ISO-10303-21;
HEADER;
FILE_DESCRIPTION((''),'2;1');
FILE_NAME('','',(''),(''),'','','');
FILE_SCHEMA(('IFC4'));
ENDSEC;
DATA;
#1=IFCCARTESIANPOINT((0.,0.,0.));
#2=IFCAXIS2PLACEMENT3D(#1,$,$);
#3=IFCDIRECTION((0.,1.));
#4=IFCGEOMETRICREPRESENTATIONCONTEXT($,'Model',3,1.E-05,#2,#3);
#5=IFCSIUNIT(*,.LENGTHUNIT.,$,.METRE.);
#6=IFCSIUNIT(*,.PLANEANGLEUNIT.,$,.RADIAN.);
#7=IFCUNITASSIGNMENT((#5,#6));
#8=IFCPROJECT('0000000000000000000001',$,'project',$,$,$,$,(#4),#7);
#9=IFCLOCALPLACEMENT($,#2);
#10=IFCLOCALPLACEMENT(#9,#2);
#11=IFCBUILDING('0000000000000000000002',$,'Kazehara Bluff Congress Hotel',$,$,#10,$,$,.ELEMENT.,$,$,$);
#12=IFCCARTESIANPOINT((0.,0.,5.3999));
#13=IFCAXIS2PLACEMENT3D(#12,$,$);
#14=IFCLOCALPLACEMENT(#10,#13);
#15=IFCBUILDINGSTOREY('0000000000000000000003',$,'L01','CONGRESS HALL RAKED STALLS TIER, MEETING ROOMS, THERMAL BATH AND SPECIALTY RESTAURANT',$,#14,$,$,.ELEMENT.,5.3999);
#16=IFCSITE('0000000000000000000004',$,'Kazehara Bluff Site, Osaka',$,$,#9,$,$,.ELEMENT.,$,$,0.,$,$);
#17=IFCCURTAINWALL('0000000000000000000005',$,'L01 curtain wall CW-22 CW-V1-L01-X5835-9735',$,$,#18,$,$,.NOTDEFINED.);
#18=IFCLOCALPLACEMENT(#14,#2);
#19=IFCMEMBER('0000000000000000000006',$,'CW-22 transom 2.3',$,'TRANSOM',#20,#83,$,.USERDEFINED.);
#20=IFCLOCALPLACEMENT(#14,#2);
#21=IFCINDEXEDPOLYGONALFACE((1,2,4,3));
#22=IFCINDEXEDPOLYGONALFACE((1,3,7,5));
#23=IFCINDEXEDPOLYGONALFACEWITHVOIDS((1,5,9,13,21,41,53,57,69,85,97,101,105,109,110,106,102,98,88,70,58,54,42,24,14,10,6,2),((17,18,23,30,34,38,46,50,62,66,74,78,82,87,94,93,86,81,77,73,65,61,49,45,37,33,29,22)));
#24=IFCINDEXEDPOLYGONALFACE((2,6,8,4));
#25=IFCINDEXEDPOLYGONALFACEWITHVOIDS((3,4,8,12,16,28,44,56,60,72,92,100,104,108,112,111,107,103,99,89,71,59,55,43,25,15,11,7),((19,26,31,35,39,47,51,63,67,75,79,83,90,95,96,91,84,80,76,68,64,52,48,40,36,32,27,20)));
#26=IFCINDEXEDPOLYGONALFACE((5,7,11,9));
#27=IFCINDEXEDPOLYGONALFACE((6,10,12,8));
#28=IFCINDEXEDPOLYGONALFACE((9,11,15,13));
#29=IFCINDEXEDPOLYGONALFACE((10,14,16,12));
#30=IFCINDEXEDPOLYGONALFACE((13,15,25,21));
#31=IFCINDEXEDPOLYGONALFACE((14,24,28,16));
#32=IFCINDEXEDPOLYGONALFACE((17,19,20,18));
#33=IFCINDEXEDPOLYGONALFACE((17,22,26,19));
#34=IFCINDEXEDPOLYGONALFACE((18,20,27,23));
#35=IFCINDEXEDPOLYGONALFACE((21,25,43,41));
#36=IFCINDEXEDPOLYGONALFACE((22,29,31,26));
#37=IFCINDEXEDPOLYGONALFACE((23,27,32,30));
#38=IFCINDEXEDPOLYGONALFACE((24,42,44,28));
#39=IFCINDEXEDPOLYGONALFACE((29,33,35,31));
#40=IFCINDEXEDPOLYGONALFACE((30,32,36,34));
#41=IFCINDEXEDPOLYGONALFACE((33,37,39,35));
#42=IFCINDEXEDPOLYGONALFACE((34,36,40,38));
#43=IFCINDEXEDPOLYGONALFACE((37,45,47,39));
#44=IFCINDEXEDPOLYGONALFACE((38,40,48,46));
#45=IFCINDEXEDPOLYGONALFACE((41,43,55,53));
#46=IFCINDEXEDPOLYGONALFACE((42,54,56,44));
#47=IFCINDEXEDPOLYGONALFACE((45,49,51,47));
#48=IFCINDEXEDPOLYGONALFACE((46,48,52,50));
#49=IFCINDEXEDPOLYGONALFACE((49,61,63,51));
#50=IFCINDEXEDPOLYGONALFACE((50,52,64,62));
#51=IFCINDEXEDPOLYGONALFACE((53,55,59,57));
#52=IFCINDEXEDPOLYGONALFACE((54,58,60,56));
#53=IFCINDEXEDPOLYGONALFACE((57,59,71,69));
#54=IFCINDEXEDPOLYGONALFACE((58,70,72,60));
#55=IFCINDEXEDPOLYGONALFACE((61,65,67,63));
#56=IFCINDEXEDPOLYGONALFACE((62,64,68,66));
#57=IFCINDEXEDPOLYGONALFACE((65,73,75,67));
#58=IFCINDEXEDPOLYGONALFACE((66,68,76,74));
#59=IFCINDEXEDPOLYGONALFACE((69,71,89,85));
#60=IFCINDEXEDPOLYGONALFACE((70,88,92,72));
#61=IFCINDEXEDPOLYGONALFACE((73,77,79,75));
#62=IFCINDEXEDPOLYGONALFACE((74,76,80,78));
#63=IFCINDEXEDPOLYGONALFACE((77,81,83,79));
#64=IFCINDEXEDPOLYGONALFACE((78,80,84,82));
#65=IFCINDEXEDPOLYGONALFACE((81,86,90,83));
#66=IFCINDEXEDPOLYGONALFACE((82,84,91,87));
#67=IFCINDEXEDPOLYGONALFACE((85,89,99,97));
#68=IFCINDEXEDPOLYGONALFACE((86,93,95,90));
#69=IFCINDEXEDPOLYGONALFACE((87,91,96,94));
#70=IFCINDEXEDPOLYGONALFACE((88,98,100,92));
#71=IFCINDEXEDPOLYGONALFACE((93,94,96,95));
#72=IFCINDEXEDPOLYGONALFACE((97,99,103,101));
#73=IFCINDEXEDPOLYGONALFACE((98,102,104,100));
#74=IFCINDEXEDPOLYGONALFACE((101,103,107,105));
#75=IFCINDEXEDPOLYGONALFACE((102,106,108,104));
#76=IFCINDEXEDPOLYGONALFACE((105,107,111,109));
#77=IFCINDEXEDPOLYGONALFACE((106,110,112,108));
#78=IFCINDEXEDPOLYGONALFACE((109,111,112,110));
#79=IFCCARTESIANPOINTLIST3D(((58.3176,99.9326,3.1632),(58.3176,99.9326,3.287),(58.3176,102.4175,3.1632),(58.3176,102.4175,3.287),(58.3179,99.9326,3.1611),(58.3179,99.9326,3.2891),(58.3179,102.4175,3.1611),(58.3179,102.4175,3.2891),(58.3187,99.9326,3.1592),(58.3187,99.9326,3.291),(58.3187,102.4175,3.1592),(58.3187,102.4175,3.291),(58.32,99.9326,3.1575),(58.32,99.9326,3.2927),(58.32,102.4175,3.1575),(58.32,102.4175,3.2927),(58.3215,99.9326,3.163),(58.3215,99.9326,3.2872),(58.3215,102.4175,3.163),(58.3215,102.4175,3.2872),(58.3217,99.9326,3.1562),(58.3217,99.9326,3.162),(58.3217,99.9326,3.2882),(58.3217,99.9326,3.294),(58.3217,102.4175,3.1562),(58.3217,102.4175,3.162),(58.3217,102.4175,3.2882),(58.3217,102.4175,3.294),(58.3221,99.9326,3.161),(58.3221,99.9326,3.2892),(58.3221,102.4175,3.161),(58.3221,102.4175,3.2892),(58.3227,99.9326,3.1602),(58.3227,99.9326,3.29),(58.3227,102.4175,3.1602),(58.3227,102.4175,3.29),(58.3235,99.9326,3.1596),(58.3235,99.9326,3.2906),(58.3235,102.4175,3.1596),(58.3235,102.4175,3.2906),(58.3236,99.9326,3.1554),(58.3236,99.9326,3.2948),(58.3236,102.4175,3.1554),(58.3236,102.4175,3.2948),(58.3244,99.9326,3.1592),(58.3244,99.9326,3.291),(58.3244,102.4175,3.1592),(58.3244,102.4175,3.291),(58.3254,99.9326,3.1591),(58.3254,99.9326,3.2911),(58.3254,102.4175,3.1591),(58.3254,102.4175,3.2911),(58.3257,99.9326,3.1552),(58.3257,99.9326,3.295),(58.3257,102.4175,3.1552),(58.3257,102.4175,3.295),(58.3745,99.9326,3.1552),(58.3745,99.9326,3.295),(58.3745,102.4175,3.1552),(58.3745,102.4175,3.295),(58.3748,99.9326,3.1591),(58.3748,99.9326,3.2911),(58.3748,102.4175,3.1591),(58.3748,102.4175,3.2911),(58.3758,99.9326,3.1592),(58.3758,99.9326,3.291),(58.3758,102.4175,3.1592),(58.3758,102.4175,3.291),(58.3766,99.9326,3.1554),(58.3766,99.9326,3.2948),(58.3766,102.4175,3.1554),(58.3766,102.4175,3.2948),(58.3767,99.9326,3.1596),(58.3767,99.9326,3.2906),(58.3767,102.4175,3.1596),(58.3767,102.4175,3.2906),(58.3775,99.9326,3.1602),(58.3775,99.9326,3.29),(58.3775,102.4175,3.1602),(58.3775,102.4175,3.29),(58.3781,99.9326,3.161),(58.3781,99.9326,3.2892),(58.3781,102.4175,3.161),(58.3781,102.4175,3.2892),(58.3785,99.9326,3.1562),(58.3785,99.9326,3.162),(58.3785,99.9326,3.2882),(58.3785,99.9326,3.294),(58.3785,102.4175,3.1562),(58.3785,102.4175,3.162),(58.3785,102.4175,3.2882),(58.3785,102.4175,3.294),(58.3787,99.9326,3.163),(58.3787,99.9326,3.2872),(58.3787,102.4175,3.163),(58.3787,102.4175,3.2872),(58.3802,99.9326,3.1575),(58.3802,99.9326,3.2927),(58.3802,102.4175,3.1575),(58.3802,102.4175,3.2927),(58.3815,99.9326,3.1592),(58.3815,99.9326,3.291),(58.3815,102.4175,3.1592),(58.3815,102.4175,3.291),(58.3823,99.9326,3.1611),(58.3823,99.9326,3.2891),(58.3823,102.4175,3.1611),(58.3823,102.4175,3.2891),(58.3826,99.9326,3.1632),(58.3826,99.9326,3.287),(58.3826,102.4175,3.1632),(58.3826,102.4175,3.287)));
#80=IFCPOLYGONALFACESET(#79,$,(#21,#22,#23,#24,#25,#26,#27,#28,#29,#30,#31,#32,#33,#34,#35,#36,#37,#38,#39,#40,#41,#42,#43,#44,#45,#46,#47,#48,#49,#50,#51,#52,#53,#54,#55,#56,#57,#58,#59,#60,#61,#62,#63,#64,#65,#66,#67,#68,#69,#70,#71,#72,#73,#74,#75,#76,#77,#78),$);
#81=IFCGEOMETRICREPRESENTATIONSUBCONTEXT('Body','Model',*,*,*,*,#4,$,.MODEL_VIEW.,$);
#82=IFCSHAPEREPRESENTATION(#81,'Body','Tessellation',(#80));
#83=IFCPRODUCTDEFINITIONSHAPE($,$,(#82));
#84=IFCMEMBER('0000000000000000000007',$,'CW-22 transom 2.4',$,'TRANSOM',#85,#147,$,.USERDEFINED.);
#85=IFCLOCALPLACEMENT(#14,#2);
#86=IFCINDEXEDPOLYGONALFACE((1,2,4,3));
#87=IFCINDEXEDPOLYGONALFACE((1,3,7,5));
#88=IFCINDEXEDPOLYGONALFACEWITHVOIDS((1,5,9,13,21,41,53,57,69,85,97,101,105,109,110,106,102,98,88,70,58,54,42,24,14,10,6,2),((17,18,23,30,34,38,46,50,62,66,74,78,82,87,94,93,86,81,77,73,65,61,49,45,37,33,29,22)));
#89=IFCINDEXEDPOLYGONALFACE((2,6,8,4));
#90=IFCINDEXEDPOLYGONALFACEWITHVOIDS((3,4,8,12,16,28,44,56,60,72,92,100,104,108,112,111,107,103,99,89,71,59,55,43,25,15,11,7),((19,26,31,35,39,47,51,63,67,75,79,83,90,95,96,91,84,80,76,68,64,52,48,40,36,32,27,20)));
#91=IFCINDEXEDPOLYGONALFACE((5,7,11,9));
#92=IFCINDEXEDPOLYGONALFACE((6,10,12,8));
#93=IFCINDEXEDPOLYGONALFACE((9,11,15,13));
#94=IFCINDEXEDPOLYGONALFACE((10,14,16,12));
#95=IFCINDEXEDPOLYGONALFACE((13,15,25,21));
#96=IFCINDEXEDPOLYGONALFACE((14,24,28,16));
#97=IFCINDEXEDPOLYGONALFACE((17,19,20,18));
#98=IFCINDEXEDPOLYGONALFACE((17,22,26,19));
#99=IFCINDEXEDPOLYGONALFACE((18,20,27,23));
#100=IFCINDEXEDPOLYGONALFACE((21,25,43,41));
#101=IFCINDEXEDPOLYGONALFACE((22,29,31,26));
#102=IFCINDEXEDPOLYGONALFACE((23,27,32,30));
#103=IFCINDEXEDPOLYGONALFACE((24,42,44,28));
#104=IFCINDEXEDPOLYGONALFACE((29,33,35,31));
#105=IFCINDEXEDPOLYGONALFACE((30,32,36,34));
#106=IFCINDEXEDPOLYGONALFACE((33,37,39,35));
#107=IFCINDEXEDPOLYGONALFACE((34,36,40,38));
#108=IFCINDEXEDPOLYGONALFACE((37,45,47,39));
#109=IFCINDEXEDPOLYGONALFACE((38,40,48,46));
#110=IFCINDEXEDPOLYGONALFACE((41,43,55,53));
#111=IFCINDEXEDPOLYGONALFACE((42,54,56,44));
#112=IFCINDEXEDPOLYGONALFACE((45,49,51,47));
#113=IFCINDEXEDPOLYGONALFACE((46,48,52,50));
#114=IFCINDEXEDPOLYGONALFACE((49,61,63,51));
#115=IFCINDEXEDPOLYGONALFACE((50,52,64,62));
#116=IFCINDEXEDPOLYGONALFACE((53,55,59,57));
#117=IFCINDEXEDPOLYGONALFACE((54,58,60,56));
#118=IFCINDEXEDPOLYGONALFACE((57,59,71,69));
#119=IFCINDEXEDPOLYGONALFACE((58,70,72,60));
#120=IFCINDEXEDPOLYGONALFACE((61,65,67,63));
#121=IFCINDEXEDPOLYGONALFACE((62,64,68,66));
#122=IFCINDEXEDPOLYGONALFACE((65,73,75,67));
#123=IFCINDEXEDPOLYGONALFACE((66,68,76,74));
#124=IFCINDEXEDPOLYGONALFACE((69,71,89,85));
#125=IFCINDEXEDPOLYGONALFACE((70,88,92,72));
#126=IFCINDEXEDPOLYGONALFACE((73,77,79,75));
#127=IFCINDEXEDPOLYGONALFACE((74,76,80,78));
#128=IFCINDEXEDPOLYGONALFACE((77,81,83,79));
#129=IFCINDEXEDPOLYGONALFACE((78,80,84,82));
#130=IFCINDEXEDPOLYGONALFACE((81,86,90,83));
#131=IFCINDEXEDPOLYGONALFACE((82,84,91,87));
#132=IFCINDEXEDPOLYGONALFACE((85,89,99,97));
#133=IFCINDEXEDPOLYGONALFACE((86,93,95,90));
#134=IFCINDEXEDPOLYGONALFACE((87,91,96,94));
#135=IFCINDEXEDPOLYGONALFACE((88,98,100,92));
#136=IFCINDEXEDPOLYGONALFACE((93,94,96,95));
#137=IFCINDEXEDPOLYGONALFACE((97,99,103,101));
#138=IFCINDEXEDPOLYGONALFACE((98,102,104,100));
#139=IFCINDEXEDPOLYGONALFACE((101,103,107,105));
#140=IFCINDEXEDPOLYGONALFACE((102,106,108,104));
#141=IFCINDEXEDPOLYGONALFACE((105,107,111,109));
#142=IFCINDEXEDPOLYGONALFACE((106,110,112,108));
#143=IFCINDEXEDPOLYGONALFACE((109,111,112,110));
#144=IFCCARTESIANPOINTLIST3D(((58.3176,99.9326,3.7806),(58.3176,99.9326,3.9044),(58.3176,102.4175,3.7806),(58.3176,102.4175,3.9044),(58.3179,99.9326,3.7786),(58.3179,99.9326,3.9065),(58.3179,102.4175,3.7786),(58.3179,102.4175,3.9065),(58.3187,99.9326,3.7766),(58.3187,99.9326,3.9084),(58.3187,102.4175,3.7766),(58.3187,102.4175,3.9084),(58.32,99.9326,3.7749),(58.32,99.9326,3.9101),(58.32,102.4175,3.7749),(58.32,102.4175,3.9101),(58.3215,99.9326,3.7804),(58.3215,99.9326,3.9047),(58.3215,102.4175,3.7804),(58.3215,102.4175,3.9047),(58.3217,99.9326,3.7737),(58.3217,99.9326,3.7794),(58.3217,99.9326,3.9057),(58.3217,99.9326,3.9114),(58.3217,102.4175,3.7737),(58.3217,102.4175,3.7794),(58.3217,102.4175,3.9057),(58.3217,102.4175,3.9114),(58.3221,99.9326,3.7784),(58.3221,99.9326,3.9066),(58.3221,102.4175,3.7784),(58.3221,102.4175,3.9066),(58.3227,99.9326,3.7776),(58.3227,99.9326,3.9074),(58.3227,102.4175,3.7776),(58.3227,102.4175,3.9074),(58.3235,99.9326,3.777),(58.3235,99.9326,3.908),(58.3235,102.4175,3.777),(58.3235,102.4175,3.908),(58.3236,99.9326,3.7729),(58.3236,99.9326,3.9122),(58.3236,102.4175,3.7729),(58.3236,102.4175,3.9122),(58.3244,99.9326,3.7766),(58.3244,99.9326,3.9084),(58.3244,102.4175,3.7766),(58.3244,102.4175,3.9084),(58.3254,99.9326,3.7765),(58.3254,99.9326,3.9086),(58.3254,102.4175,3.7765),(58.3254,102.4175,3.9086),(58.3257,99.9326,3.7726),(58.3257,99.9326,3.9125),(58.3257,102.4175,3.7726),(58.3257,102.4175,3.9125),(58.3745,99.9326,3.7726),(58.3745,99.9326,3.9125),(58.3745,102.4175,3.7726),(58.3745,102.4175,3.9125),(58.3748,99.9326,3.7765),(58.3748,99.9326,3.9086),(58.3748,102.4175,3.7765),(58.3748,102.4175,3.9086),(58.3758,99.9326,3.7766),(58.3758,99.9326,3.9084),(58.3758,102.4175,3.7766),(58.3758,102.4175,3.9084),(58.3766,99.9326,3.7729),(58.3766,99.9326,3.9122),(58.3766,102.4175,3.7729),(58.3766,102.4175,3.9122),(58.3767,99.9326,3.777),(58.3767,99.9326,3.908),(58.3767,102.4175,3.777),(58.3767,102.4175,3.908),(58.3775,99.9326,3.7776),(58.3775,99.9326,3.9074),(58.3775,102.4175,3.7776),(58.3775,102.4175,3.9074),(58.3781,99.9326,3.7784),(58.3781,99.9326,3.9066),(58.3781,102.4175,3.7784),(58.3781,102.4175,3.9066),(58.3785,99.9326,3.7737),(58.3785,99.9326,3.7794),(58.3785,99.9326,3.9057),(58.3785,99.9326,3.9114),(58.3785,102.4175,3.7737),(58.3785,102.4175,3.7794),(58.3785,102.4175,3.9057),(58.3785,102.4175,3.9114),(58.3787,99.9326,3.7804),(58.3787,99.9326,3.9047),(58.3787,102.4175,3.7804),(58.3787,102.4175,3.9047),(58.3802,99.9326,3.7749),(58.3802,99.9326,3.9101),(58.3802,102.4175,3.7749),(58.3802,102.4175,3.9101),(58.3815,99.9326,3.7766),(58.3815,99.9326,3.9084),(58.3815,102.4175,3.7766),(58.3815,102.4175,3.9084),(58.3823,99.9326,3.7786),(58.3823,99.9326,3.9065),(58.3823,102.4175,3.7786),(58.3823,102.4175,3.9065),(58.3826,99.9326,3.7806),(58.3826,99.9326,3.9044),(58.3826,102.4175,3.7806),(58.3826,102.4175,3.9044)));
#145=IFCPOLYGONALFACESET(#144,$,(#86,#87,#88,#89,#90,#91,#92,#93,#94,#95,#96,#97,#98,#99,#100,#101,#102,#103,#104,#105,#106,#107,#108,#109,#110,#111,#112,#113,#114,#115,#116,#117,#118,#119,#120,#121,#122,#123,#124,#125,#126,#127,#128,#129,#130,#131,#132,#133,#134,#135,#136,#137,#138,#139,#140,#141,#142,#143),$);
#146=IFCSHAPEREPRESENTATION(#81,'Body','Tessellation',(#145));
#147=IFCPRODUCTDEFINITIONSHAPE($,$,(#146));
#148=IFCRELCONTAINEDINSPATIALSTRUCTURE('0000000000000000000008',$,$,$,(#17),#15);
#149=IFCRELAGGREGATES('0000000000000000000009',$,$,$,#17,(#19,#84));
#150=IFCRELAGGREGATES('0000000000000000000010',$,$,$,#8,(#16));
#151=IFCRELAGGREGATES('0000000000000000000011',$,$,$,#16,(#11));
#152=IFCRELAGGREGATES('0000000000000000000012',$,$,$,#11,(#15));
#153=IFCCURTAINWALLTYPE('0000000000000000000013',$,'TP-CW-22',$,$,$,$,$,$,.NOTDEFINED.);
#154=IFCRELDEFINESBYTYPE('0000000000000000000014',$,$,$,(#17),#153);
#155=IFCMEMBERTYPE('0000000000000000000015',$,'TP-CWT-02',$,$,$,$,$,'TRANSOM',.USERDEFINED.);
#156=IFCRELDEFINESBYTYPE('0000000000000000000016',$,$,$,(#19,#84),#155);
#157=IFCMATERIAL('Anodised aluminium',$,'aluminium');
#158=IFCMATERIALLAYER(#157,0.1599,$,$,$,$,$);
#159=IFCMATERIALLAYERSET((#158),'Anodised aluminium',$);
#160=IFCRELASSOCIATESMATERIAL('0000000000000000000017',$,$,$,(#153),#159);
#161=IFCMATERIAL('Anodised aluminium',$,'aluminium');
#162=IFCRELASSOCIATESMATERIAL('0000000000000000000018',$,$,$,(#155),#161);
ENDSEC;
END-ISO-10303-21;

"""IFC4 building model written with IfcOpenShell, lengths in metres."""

from ifc_helpers import new_model, si_unit, direction, frame, origin, origin_2d, place, context, subcontext, project, spatial, hollow_rectangle, extrude, material, layer, layer_set, material_profile, profile_set, type_object, element, aggregate, save


model = new_model("IFC4")

# Units and contexts
model_context = context("Model", 3, precision=1e-05, world=origin(), true_north=direction((0.0, 1.0)))
body_context = subcontext(model_context, "Body", "Model", "MODEL_VIEW")
ifc_project = project(units=[si_unit("LENGTHUNIT", "METRE"), si_unit("PLANEANGLEUNIT", "RADIAN")], contexts=[model_context])

# Site, building, storey
site_placement = place(None, origin())
site = spatial("IfcSite", under=ifc_project, at=site_placement, Name="Kazehara Bluff Site, Osaka", CompositionType="ELEMENT", RefElevation=0.0)
building_placement = place(site_placement, origin())
building = spatial("IfcBuilding", under=site, at=building_placement, Name="Kazehara Bluff Congress Hotel", CompositionType="ELEMENT")
storey_placement = place(building_placement, frame((0.0, 0.0, 5.3999)))
storey = spatial("IfcBuildingStorey", under=building, at=storey_placement, Name="L01", Description="CONGRESS HALL RAKED STALLS TIER, MEETING ROOMS, THERMAL BATH AND SPECIALTY RESTAURANT", CompositionType="ELEMENT", Elevation=5.3999)

# Curtain wall, members
ifc_material_1 = material(Name="Anodised aluminium", Category="aluminium")
ifc_layer_1 = layer(ifc_material_1, 0.1599)
ifc_layer_set_1 = layer_set([ifc_layer_1], Name="Anodised aluminium")
curtain_wall_type = type_object("IfcCurtainWallType", Name="TP-CW-22", PredefinedType="NOTDEFINED", material=ifc_layer_set_1)
curtain_wall_placement = place(storey_placement, origin())
curtain_wall = element("IfcCurtainWall", 1, at=curtain_wall_placement, inside=storey, type_object=curtain_wall_type, Name="L01 curtain wall CW-22 CW-V1-L01-X5835-9735", PredefinedType="NOTDEFINED")
ifc_material_2 = material(Name="Anodised aluminium", Category="aluminium")
ifc_material_profile_1 = material_profile(ifc_material_2, hollow_rectangle(XDim=0.0649, YDim=0.1399, WallThickness=0.0039, InnerFilletRadius=0.0039, OuterFilletRadius=0.0081, at=origin_2d()))
ifc_profile_set_1 = profile_set([ifc_material_profile_1], Name="Anodised aluminium")
member_type_1 = type_object("IfcMemberType", Name="TP-CWT-02", ElementType="TRANSOM", PredefinedType="USERDEFINED", material=ifc_profile_set_1)
member_1_placement = place(storey_placement, frame((58.3501, 99.9326, 3.2251), z_axis=(0.0, 1.0, 0.0), x_axis=(-1.0, 0.0, 0.0)))
member_1 = element("IfcMember", 2, at=member_1_placement, type_object=member_type_1, Name="CW-22 transom 2.3", ObjectType="TRANSOM", PredefinedType="USERDEFINED", context=body_context, shape_type="SweptSolid", body=[
    extrude(hollow_rectangle(XDim=0.0649, YDim=0.1399, WallThickness=0.0039, InnerFilletRadius=0.0039, OuterFilletRadius=0.0081, at=origin_2d()), origin(), (0.0, 0.0, 1.0), 2.4849),
])
member_2_placement = place(storey_placement, frame((58.3501, 99.9326, 3.8425), z_axis=(0.0, 1.0, 0.0), x_axis=(-1.0, 0.0, 0.0)))
member_2 = element("IfcMember", 3, at=member_2_placement, type_object=member_type_1, Name="CW-22 transom 2.4", ObjectType="TRANSOM", PredefinedType="USERDEFINED", context=body_context, shape_type="SweptSolid", body=[
    extrude(hollow_rectangle(XDim=0.0649, YDim=0.1399, WallThickness=0.0039, InnerFilletRadius=0.0039, OuterFilletRadius=0.0081, at=origin_2d()), origin(), (0.0, 0.0, 1.0), 2.4849),
])

aggregate(curtain_wall, [member_1, member_2])

save(model, "model.ifc")
